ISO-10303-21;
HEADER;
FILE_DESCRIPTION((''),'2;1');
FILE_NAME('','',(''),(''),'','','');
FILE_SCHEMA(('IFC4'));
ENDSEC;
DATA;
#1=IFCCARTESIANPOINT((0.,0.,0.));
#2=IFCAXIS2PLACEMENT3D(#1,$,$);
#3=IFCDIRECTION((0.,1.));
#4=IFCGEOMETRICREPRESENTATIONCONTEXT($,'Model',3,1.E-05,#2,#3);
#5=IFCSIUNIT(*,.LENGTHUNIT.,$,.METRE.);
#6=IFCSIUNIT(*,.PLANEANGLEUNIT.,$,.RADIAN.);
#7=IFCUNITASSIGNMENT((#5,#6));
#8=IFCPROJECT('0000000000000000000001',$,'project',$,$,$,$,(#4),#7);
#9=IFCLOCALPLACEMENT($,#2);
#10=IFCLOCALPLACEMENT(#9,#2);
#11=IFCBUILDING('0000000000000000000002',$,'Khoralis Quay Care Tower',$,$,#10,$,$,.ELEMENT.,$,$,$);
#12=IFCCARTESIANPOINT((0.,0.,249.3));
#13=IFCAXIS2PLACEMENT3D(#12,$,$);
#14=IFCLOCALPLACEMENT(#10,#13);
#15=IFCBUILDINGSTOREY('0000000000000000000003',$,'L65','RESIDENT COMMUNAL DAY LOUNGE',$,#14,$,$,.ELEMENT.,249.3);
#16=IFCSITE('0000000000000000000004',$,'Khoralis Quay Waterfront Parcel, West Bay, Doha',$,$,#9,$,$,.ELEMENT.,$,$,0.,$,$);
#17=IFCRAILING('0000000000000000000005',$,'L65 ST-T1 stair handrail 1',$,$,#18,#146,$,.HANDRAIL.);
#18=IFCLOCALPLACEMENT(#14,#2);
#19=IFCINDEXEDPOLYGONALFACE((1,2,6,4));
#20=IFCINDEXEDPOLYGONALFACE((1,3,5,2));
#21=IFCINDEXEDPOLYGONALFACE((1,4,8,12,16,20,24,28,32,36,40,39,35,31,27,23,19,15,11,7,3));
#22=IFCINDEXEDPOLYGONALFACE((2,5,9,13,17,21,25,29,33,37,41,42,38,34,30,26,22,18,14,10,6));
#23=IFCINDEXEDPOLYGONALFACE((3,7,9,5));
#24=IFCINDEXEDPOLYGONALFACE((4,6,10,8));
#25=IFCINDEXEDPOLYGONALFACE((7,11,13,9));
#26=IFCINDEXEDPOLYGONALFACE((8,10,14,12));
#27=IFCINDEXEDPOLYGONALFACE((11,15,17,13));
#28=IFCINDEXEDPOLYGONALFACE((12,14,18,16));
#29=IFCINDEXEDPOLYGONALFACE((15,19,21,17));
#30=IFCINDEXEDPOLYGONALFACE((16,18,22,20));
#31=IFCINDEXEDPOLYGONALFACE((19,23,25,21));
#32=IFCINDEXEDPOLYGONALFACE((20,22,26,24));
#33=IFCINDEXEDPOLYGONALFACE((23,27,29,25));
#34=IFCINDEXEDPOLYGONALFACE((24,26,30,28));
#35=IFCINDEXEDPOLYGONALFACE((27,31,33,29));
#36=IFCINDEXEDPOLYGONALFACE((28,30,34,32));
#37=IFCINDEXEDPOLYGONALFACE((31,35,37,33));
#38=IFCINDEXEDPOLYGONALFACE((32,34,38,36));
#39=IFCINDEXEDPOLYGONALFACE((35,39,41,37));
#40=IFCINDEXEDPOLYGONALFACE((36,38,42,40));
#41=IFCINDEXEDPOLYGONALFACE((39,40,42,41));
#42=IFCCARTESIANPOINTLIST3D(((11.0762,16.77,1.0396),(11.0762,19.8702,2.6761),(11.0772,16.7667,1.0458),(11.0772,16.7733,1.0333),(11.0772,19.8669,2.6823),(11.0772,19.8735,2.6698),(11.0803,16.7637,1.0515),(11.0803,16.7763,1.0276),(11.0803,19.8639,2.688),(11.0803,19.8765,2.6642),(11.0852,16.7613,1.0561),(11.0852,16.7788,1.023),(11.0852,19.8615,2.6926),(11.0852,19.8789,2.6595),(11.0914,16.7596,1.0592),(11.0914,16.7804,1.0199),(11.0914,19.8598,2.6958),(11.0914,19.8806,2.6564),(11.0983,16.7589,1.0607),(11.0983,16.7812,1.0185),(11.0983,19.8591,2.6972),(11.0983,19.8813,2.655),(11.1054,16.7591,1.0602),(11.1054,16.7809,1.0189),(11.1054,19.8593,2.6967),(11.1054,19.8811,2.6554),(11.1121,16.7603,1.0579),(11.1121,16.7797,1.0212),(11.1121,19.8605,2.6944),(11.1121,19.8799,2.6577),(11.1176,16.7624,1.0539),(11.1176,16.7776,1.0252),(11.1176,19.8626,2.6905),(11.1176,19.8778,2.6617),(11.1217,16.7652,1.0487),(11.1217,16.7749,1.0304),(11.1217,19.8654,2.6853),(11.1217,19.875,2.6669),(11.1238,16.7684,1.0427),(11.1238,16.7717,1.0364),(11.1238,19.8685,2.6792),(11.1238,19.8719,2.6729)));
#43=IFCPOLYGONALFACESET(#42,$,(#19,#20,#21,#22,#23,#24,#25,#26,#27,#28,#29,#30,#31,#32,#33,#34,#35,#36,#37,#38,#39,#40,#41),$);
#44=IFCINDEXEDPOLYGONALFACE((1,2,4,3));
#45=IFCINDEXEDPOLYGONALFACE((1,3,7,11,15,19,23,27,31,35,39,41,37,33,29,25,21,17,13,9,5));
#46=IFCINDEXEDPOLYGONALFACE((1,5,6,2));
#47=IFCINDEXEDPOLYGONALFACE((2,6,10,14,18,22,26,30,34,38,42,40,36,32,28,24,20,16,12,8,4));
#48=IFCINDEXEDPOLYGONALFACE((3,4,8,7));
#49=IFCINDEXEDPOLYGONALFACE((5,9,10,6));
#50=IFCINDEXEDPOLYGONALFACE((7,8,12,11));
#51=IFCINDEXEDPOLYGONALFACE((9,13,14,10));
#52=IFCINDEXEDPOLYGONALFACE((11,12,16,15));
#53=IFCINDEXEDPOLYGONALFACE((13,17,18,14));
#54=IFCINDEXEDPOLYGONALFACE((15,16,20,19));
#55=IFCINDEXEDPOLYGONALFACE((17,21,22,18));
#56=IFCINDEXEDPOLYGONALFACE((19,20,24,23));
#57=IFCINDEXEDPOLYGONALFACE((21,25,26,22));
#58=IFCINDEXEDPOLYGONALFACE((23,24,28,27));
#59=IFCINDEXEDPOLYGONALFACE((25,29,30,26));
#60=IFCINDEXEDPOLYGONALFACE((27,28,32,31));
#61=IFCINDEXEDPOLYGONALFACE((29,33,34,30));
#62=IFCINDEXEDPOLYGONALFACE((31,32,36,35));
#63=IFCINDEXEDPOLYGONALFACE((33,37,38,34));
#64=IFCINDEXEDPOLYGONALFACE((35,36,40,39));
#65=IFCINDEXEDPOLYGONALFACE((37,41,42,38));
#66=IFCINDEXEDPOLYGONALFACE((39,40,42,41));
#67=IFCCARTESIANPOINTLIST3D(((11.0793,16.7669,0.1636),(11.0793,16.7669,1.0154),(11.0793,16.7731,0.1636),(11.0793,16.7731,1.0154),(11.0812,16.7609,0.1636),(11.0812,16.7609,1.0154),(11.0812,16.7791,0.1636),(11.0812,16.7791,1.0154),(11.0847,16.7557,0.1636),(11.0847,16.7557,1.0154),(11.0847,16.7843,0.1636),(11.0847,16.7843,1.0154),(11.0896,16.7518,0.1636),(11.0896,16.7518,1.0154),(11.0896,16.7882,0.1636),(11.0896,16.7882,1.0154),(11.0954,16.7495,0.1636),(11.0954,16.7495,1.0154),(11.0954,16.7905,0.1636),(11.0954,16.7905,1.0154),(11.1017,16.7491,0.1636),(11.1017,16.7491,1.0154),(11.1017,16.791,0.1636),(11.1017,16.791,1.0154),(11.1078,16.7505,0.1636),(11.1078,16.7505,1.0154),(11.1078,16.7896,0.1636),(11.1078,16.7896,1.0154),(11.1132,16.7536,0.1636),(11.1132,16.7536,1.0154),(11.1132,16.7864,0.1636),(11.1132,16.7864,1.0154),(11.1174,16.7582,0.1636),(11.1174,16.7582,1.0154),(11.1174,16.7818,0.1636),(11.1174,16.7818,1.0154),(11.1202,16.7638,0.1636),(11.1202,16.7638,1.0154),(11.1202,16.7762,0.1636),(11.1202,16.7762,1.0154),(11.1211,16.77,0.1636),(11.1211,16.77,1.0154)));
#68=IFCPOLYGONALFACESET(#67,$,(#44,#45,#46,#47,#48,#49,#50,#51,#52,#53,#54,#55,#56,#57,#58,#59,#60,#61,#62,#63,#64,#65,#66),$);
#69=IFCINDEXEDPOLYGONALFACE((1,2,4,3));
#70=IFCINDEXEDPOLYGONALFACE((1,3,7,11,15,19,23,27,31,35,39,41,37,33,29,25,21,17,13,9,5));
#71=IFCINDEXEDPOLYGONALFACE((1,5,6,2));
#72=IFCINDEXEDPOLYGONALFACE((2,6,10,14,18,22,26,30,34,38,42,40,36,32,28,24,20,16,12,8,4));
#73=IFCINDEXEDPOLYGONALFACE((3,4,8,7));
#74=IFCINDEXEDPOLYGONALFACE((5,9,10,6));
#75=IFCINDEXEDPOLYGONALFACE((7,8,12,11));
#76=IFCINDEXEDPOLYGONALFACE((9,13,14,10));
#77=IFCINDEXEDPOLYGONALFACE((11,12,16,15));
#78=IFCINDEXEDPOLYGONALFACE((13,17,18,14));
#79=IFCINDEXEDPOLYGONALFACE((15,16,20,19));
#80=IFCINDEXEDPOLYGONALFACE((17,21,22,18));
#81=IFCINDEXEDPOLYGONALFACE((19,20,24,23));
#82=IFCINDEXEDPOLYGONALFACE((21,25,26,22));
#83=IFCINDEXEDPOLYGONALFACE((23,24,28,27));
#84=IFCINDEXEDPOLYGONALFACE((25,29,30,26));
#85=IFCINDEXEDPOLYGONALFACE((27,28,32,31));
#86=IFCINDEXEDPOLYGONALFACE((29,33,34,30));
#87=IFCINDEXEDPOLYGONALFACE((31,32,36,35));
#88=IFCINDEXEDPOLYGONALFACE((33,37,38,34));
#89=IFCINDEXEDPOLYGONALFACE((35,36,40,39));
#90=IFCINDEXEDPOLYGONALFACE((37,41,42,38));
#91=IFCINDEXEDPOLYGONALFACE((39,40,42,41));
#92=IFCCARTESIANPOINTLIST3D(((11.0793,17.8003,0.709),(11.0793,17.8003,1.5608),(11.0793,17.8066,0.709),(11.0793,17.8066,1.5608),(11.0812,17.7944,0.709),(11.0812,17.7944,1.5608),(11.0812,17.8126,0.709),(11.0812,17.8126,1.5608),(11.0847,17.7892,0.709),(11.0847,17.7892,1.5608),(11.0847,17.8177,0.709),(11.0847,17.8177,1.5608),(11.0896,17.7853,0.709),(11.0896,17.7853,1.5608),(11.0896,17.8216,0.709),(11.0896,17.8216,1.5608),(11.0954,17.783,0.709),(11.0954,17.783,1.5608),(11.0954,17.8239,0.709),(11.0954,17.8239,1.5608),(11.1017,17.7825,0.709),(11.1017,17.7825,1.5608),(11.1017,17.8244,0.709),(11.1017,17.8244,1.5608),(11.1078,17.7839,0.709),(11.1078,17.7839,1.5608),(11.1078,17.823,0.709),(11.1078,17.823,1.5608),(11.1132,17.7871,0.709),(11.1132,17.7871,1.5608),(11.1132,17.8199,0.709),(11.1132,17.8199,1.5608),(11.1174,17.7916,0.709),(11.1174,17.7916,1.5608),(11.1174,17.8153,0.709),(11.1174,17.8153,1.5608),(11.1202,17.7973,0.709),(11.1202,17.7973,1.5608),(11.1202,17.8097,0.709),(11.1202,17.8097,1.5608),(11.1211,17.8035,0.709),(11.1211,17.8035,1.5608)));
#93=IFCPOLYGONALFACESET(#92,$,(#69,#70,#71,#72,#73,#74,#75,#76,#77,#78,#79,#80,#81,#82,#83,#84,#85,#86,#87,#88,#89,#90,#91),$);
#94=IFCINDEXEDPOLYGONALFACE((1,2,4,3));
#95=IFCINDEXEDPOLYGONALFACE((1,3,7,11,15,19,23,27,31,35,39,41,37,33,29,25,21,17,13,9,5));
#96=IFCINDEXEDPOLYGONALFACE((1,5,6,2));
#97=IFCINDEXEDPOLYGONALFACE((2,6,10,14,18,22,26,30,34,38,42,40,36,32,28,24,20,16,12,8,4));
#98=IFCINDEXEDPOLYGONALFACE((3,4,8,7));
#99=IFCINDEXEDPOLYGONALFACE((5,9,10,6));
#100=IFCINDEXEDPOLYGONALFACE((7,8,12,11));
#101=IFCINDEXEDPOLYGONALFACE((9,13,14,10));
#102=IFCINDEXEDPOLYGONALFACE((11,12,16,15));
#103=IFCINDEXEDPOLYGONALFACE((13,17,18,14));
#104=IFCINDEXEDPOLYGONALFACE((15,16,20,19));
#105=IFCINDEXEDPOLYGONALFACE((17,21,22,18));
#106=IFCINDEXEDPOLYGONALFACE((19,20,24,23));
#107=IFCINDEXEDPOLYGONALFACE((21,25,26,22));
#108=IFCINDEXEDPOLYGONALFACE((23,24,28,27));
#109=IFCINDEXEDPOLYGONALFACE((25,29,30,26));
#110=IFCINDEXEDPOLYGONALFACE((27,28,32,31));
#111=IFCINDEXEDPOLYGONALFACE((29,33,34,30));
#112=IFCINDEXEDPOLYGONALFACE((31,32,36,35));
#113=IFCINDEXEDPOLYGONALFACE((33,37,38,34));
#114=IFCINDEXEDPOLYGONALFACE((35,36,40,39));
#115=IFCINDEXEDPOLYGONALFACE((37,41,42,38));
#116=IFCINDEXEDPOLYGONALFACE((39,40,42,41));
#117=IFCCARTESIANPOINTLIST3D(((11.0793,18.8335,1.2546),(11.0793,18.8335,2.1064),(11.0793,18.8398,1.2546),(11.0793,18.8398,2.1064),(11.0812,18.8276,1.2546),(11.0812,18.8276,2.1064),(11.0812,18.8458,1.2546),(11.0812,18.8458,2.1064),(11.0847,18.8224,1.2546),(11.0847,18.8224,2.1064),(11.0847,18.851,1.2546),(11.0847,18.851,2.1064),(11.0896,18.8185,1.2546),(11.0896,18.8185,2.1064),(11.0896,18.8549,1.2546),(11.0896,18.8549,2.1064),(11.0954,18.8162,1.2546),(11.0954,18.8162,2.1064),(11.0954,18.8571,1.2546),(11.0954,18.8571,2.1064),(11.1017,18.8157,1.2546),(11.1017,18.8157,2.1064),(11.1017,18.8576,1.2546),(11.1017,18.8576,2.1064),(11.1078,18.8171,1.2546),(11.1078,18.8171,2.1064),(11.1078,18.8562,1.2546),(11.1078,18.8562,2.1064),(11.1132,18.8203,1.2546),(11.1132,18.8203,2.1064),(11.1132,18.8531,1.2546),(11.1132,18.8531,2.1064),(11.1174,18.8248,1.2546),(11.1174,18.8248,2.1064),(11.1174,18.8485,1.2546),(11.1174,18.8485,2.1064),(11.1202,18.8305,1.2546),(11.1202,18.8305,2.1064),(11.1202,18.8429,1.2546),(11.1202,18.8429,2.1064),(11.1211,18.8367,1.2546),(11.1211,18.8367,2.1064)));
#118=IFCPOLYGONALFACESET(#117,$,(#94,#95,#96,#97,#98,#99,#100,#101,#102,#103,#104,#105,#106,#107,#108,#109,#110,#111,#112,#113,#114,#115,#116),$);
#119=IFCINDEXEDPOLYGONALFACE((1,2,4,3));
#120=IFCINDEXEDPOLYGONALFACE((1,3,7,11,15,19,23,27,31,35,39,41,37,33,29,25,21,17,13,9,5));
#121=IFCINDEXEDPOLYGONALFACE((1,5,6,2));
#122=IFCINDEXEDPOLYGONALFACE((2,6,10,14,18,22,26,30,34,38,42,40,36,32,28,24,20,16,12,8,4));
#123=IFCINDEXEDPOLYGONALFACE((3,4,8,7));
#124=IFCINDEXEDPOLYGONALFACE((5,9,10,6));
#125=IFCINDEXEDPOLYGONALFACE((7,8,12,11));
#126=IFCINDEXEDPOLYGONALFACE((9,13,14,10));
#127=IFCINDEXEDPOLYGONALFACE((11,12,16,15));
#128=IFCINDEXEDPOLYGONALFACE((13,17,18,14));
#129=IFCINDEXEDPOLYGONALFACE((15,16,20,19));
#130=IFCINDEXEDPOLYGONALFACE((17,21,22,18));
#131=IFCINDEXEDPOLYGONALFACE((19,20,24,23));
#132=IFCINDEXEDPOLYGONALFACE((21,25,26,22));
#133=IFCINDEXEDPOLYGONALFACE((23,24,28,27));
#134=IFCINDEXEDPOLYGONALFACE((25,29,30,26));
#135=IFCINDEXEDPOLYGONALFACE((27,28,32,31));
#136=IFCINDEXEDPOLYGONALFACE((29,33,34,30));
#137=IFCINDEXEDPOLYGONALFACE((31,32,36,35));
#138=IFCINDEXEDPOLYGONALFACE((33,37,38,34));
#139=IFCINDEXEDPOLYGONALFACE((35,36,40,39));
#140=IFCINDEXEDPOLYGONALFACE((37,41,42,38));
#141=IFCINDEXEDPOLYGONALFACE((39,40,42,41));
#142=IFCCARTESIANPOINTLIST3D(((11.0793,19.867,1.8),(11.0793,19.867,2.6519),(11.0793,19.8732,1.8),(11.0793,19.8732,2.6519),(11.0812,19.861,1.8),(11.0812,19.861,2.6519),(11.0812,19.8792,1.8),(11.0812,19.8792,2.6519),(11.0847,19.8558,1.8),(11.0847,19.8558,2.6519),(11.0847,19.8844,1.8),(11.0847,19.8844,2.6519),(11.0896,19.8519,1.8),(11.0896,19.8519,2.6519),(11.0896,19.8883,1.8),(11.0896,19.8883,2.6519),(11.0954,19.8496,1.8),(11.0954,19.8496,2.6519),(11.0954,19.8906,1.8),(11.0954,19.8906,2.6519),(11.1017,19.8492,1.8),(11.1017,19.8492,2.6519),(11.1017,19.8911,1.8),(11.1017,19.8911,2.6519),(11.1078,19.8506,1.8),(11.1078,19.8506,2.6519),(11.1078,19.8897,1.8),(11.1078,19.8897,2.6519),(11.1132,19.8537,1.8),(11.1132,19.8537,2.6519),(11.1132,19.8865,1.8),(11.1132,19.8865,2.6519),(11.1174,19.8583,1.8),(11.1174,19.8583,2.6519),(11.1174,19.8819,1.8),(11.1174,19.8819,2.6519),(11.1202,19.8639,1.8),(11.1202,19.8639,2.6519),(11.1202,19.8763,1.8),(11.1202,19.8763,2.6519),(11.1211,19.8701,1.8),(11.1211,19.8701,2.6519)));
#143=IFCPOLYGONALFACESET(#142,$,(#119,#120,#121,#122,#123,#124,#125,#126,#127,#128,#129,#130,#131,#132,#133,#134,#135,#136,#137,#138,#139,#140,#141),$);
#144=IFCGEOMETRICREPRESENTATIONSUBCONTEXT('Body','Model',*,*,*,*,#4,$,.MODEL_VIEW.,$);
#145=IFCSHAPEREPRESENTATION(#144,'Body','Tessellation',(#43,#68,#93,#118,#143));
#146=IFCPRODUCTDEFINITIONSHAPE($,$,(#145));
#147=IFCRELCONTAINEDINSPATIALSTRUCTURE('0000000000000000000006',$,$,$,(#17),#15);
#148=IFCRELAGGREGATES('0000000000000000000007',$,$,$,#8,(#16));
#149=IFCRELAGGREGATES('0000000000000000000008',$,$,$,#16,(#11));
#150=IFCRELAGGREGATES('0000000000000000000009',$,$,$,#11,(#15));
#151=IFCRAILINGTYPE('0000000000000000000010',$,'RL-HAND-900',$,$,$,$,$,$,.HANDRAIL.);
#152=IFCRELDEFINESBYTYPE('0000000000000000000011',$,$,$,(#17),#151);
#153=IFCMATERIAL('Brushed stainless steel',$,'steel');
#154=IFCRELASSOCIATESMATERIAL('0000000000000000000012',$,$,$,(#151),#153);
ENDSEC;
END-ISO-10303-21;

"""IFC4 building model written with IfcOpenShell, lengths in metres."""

from ifc_helpers import new_model, si_unit, direction, frame, origin, origin_2d, place, context, subcontext, project, spatial, circle, extrude, material, type_object, element, save


model = new_model("IFC4")

# Units and contexts
model_context = context("Model", 3, precision=1e-05, world=origin(), true_north=direction((0.0, 1.0)))
body_context = subcontext(model_context, "Body", "Model", "MODEL_VIEW")
ifc_project = project(units=[si_unit("LENGTHUNIT", "METRE"), si_unit("PLANEANGLEUNIT", "RADIAN")], contexts=[model_context])

# Site, building, storey
site_placement = place(None, origin())
site = spatial("IfcSite", under=ifc_project, at=site_placement, Name="Khoralis Quay Waterfront Parcel, West Bay, Doha", CompositionType="ELEMENT", RefElevation=0.0)
building_placement = place(site_placement, origin())
building = spatial("IfcBuilding", under=site, at=building_placement, Name="Khoralis Quay Care Tower", CompositionType="ELEMENT")
storey_placement = place(building_placement, frame((0.0, 0.0, 249.3)))
storey = spatial("IfcBuildingStorey", under=building, at=storey_placement, Name="L65", Description="RESIDENT COMMUNAL DAY LOUNGE", CompositionType="ELEMENT", Elevation=249.3)

# Railing
ifc_material_1 = material(Name="Brushed stainless steel", Category="steel")
railing_type_1 = type_object("IfcRailingType", Name="RL-HAND-900", PredefinedType="HANDRAIL", material=ifc_material_1)
railing_1_placement = place(storey_placement, frame((11.1001, 16.77, 0.1636)))
element("IfcRailing", 1, at=railing_1_placement, inside=storey, type_object=railing_type_1, Name="L65 ST-T1 stair handrail 1", PredefinedType="HANDRAIL", context=body_context, shape_type="SweptSolid", body=[
    extrude(circle(Radius=0.0239, at=origin_2d()), frame((0.0, 0.0, 0.876), z_axis=(0.0, 0.884348, 0.466828), x_axis=(-1.0, 0.0, 0.0)), (0.0, 0.0, 1.0), 3.5056),
    extrude(circle(Radius=0.021, at=origin_2d()), origin(), (0.0, 0.0, 1.0), 0.8518),
    extrude(circle(Radius=0.021, at=origin_2d()), frame((0.0, 1.0334, 0.5454)), (0.0, 0.0, 1.0), 0.8518),
    extrude(circle(Radius=0.021, at=origin_2d()), frame((0.0, 2.0667, 1.0911)), (0.0, 0.0, 1.0), 0.8518),
    extrude(circle(Radius=0.021, at=origin_2d()), frame((0.0, 3.1001, 1.6365)), (0.0, 0.0, 1.0), 0.8518),
])

save(model, "model.ifc")
